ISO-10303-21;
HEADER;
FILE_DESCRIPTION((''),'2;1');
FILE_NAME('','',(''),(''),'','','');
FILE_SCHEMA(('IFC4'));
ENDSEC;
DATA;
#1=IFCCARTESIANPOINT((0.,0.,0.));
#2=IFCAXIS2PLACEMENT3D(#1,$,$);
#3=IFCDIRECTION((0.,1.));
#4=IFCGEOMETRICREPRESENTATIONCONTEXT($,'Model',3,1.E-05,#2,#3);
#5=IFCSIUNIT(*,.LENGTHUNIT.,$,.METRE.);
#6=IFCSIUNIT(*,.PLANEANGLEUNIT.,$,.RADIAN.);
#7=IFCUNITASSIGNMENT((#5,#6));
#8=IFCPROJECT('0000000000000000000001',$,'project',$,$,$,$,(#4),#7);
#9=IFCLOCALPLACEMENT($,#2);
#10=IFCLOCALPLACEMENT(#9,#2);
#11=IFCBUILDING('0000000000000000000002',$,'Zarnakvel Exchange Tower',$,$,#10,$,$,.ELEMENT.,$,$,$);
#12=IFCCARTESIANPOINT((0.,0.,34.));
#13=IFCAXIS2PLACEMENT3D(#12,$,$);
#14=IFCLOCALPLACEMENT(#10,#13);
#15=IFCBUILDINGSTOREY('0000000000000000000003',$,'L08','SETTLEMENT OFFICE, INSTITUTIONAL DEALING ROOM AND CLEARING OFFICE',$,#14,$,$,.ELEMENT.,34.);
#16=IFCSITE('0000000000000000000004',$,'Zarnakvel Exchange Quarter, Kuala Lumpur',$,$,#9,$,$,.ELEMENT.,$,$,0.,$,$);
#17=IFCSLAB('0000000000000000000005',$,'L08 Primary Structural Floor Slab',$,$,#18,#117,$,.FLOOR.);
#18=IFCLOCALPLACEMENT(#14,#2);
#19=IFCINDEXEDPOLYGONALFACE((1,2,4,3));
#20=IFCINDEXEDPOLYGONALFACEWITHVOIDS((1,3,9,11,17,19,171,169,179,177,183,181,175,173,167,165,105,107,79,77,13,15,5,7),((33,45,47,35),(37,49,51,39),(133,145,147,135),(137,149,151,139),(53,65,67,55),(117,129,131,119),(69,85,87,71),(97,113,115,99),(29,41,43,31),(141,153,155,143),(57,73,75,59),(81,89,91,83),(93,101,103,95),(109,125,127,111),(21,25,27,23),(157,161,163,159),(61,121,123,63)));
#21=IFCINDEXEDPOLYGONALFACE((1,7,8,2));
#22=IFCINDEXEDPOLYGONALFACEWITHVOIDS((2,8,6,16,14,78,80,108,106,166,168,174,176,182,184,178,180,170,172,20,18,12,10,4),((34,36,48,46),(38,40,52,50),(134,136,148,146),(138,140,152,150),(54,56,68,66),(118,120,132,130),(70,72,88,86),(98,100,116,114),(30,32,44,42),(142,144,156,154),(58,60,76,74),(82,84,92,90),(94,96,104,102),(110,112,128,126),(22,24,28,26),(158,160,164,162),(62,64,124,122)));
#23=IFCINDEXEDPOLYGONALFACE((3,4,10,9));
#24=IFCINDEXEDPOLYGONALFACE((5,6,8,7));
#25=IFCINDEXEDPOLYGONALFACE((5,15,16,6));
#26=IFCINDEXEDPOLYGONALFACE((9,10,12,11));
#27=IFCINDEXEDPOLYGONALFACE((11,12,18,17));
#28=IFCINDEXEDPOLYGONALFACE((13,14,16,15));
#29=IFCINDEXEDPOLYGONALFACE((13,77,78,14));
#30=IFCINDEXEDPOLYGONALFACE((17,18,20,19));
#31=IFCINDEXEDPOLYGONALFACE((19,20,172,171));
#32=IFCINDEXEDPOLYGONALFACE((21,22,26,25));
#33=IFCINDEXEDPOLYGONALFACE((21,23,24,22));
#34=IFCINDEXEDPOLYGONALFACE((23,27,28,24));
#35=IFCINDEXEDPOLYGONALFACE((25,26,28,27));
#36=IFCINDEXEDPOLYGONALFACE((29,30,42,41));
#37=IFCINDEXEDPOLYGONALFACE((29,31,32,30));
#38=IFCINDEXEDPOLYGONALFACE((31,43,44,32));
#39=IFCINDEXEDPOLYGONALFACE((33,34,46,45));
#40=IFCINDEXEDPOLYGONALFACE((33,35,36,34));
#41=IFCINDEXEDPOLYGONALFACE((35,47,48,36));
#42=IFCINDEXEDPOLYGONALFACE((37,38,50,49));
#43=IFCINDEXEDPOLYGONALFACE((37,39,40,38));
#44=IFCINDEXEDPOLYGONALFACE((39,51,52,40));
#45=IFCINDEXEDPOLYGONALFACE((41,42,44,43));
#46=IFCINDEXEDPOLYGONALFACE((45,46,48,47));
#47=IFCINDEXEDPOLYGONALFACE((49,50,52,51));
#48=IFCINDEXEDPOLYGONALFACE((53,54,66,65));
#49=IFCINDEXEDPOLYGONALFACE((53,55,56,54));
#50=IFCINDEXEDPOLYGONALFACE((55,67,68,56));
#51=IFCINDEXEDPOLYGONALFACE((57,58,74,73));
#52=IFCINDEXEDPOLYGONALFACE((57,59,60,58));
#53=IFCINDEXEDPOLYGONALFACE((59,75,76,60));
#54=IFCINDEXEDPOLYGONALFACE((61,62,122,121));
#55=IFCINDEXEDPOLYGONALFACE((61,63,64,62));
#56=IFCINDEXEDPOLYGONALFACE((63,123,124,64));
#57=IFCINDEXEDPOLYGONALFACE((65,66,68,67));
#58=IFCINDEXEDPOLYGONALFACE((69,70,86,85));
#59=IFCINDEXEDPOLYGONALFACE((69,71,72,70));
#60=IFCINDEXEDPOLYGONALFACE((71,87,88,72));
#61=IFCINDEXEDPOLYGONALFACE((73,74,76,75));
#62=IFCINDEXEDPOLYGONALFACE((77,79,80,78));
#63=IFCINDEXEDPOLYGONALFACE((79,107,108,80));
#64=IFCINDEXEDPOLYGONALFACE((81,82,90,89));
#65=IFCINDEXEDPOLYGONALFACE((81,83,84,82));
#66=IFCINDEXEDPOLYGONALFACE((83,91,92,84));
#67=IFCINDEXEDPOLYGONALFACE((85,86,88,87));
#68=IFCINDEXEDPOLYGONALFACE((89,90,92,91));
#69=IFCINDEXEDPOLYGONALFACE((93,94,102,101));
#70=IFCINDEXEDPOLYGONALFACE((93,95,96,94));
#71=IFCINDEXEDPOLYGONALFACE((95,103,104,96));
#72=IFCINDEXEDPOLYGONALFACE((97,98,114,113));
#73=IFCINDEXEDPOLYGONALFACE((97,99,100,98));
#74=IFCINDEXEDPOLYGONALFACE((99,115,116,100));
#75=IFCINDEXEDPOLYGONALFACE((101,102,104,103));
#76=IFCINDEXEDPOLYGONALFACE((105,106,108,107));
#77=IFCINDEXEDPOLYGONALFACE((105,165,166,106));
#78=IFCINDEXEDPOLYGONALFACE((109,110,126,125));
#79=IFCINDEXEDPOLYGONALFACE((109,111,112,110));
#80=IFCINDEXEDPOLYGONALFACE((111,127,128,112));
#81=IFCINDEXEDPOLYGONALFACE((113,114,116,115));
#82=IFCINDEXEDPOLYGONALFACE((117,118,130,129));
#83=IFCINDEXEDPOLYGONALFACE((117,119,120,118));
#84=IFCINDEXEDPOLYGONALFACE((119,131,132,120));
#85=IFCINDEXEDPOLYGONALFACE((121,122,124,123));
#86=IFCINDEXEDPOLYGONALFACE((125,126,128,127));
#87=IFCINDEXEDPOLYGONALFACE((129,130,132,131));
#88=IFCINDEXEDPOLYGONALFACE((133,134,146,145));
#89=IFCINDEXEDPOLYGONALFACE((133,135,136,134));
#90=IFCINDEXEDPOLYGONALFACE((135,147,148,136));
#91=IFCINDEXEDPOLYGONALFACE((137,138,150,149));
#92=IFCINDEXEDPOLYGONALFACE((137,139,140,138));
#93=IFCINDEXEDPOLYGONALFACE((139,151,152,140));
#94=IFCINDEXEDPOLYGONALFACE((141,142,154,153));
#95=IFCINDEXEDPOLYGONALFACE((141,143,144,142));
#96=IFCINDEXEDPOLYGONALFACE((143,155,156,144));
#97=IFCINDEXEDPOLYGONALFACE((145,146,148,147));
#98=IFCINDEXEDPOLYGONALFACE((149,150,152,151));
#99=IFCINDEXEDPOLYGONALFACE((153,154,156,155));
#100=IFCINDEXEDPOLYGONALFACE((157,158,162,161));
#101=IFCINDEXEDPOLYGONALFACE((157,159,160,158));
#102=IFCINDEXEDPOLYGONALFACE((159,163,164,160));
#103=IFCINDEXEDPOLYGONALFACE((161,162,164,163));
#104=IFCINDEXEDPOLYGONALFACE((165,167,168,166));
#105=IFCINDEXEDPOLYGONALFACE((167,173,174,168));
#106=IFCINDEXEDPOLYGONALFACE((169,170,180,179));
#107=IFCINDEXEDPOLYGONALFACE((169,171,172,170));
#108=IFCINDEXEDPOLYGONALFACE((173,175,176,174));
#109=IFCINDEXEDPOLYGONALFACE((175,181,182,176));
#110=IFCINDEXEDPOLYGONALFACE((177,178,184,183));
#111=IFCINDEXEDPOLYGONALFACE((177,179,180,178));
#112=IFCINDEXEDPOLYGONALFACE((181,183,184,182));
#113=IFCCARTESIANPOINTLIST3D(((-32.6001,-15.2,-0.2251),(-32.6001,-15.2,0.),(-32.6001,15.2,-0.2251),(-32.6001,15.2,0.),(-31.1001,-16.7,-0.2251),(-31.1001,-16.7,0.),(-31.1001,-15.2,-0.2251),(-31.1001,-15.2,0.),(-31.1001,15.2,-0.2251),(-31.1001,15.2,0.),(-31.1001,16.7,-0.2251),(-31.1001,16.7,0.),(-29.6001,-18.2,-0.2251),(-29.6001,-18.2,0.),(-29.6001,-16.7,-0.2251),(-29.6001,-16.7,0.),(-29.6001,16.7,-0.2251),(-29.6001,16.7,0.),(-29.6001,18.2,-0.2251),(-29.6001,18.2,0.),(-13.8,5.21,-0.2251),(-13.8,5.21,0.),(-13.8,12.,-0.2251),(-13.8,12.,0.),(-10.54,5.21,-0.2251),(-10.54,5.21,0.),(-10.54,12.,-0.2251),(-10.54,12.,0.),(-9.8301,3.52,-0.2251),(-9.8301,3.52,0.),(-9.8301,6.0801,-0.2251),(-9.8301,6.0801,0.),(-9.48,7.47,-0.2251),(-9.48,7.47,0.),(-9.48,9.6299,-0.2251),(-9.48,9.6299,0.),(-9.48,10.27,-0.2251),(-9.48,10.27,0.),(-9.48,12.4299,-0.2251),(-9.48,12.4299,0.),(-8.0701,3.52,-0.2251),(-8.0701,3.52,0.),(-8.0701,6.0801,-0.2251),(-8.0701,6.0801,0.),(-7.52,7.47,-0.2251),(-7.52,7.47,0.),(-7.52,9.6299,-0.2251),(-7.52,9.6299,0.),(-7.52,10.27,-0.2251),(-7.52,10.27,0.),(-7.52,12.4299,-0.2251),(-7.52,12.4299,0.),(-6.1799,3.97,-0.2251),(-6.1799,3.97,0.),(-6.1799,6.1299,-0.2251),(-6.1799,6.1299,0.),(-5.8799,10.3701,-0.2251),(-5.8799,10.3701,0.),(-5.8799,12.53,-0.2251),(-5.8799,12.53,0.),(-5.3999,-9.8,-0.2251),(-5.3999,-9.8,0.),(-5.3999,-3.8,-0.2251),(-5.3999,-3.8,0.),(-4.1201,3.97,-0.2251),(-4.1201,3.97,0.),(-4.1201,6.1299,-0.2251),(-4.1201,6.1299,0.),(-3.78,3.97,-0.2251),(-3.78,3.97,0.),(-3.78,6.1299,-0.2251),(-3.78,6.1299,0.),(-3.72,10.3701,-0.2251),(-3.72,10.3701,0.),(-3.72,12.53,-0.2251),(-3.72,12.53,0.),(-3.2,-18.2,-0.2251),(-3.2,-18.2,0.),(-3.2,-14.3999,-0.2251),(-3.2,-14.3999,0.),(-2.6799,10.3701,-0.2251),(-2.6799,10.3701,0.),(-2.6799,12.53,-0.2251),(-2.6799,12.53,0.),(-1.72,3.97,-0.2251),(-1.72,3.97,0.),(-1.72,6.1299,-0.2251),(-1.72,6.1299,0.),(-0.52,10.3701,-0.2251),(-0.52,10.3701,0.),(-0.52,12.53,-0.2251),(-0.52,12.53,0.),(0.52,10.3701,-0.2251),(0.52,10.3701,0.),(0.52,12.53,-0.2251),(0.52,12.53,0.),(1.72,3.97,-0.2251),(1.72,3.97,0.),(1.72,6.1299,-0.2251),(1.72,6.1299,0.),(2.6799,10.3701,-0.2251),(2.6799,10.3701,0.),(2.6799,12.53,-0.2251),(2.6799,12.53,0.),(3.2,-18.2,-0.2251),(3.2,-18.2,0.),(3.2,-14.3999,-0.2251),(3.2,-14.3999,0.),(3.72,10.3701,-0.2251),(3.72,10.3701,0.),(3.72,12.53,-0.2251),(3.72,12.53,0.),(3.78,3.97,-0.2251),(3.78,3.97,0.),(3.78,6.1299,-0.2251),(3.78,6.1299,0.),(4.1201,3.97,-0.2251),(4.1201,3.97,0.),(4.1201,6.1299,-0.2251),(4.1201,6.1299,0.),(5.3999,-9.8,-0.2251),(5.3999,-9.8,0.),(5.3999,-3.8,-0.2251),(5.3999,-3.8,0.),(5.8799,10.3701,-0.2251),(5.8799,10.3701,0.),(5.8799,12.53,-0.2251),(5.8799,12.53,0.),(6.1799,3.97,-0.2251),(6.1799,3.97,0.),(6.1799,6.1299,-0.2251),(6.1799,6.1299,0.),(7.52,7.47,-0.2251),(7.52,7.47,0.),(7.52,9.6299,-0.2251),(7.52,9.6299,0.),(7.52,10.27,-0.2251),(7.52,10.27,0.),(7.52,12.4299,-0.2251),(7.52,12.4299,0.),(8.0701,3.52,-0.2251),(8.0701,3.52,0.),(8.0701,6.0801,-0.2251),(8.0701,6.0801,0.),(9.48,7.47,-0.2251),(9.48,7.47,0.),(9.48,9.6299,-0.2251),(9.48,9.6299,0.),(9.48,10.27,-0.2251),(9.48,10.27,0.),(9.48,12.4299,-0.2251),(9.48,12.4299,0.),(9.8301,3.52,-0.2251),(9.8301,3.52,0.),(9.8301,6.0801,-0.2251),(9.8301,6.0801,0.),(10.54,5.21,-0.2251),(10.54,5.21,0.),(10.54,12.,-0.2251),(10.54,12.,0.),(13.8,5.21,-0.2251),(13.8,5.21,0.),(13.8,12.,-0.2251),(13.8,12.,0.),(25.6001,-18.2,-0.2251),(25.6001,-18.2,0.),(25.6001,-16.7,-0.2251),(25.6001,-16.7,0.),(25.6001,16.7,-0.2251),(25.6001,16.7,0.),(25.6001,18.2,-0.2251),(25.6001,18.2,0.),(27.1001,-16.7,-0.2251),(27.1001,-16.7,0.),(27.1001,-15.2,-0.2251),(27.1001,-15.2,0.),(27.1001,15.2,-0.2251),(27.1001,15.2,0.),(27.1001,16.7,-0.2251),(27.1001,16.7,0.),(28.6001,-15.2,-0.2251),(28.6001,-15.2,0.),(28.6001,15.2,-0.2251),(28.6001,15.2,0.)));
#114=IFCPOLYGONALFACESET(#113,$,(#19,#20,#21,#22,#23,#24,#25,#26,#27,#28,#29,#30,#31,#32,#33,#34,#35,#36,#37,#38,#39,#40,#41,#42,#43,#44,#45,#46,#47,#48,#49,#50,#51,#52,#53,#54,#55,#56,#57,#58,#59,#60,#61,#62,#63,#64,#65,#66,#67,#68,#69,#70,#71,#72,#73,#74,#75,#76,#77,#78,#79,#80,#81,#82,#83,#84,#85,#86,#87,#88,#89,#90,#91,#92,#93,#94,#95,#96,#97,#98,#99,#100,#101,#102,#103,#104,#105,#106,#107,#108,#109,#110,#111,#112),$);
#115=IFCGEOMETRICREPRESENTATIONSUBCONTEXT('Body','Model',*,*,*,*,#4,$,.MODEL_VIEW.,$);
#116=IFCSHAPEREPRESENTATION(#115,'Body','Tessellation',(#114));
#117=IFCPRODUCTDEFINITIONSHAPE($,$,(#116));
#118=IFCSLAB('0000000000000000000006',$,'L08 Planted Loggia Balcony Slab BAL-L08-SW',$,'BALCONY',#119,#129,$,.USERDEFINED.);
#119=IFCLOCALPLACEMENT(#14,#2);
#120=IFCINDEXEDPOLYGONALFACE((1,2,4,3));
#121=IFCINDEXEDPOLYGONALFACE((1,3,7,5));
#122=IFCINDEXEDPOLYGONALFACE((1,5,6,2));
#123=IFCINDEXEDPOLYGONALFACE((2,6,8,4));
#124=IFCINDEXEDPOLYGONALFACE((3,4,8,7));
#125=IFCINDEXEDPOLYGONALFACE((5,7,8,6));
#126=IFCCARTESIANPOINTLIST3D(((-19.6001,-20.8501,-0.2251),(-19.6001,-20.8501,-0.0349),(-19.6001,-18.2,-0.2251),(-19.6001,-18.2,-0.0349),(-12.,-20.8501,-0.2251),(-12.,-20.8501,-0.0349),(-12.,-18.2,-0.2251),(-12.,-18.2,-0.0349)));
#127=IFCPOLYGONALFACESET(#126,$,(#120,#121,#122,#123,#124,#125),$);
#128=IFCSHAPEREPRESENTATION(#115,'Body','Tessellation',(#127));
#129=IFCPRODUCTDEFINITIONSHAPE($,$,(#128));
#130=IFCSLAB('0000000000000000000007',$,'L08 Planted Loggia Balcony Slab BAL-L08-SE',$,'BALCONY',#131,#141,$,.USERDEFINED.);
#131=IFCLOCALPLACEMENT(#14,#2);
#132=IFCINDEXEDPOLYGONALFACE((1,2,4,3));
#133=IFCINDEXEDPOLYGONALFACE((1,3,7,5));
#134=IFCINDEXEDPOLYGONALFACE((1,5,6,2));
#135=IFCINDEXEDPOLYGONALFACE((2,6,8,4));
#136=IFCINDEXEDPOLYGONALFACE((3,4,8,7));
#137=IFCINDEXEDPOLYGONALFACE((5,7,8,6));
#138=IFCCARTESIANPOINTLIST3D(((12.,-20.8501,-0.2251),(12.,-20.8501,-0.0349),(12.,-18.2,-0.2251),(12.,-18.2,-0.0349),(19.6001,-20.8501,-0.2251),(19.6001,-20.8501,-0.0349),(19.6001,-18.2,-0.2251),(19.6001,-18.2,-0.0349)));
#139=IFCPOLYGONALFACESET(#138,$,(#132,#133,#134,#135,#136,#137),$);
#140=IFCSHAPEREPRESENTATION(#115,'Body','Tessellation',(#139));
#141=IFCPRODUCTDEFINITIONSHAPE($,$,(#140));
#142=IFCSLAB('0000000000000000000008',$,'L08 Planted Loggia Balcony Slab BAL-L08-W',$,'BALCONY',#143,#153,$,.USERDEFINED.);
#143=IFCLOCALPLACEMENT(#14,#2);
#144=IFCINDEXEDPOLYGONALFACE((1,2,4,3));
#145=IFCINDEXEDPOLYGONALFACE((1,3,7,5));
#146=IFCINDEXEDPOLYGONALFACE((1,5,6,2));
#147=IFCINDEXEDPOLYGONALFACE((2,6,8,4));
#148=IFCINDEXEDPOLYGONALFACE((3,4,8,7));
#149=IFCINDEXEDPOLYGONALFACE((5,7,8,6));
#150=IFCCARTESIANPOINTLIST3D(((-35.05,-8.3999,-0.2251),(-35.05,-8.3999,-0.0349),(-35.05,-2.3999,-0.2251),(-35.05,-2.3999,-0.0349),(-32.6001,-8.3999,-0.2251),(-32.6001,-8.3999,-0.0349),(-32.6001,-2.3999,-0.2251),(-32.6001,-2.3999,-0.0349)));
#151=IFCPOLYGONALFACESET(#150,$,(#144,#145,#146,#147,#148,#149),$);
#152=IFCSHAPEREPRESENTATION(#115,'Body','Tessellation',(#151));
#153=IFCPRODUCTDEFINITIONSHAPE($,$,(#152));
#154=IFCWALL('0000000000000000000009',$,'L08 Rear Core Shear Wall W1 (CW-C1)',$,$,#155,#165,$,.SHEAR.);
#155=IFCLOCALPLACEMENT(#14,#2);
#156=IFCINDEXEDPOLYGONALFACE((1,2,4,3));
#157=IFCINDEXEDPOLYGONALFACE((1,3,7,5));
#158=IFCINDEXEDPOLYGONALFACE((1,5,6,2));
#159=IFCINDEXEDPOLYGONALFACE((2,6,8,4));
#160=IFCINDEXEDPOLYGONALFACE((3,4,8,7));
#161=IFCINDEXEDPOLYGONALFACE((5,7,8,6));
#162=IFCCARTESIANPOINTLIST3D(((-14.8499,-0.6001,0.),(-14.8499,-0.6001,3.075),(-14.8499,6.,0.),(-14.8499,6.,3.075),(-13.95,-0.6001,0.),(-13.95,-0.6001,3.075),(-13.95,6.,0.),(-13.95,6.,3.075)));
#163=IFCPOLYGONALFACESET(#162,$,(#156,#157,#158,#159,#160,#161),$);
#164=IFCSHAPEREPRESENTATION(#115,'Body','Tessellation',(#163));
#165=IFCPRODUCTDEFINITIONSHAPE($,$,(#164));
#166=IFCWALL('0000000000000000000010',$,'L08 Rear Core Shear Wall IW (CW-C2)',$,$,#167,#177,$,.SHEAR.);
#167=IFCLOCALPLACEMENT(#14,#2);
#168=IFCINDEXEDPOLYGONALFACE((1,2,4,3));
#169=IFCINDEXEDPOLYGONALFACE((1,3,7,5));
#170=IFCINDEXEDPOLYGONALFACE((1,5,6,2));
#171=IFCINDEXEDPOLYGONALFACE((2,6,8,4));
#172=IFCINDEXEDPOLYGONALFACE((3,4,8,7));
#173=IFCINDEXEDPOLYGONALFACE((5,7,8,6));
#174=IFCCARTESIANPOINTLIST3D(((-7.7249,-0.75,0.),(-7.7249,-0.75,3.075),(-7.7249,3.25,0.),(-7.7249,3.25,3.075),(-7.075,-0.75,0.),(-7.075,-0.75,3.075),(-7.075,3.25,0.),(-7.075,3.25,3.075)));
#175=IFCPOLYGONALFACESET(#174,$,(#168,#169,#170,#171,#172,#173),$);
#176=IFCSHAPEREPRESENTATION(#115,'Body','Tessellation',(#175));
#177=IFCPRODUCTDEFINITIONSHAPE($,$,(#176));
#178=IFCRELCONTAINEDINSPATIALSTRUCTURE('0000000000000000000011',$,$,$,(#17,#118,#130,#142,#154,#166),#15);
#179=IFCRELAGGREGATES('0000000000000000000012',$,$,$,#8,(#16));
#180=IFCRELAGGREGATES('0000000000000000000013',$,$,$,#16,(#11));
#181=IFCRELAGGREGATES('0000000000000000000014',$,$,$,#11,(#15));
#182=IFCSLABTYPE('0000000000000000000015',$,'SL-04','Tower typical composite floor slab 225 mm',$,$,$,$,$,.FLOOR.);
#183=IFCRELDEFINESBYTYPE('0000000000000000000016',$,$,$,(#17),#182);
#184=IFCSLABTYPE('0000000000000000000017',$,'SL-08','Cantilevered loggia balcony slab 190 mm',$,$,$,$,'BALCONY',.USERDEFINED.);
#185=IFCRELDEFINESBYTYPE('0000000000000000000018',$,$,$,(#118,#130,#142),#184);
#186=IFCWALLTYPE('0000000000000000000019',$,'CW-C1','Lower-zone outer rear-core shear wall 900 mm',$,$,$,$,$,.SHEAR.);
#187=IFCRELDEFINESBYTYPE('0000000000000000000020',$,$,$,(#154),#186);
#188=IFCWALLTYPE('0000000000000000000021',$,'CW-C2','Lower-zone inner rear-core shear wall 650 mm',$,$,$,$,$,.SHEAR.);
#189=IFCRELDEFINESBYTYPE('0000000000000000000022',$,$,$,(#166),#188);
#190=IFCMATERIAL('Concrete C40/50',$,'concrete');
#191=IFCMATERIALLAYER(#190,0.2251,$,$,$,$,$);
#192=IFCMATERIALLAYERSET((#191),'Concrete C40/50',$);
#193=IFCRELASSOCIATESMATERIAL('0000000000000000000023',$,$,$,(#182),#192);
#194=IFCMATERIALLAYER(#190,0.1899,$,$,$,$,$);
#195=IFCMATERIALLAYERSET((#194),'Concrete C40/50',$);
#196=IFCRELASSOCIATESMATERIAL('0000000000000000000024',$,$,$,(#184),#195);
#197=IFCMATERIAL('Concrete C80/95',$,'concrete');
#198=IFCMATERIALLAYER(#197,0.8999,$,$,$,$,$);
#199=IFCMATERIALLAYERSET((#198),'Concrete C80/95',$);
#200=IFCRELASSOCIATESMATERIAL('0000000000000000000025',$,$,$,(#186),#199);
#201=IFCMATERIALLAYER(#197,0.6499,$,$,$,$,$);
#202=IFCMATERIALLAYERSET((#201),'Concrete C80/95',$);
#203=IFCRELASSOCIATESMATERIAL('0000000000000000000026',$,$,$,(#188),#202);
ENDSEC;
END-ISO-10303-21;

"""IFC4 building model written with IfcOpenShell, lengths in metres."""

from ifc_helpers import new_model, si_unit, direction, frame, frame_2d, origin, place, context, subcontext, project, spatial, polyline, rectangle, outline, extrude, material, layer, layer_set, type_object, element, save


model = new_model("IFC4")

# Units and contexts
model_context = context("Model", 3, precision=1e-05, world=origin(), true_north=direction((0.0, 1.0)))
body_context = subcontext(model_context, "Body", "Model", "MODEL_VIEW")
ifc_project = project(units=[si_unit("LENGTHUNIT", "METRE"), si_unit("PLANEANGLEUNIT", "RADIAN")], contexts=[model_context])

# Site, building, storey
site_placement = place(None, origin())
site = spatial("IfcSite", under=ifc_project, at=site_placement, Name="Zarnakvel Exchange Quarter, Kuala Lumpur", CompositionType="ELEMENT", RefElevation=0.0)
building_placement = place(site_placement, origin())
building = spatial("IfcBuilding", under=site, at=building_placement, Name="Zarnakvel Exchange Tower", CompositionType="ELEMENT")
storey_placement = place(building_placement, frame((0.0, 0.0, 34.0)))
storey = spatial("IfcBuildingStorey", under=building, at=storey_placement, Name="L08", Description="SETTLEMENT OFFICE, INSTITUTIONAL DEALING ROOM AND CLEARING OFFICE", CompositionType="ELEMENT", Elevation=34.0)

# Shared definitions
ifc_material_1 = material(Name="Concrete C80/95", Category="concrete")

# Slabs
ifc_material_2 = material(Name="Concrete C40/50", Category="concrete")
ifc_layer_1 = layer(ifc_material_2, 0.2251)
ifc_layer_set_1 = layer_set([ifc_layer_1], Name="Concrete C40/50")
slab_type_1 = type_object("IfcSlabType", Name="SL-04", Description="Tower typical composite floor slab 225 mm", PredefinedType="FLOOR", material=ifc_layer_set_1)
slab_1_placement = place(storey_placement, frame((0.0, 0.0, -0.2251)))
element("IfcSlab", 1, at=slab_1_placement, inside=storey, type_object=slab_type_1, Name="L08 Primary Structural Floor Slab", PredefinedType="FLOOR", context=body_context, shape_type="SweptSolid", body=[
    extrude(outline(polyline([(-32.6001, -15.2), (-31.1001, -15.2), (-31.1001, -16.7), (-29.6001, -16.7), (-29.6001, -18.2), (-3.2, -18.2), (-3.2, -14.3999), (3.2, -14.3999), (3.2, -18.2), (25.6001, -18.2), (25.6001, -16.7), (27.1001, -16.7), (27.1001, -15.2), (28.6001, -15.2), (28.6001, 15.2), (27.1001, 15.2), (27.1001, 16.7), (25.6001, 16.7), (25.6001, 18.2), (-29.6001, 18.2), (-29.6001, 16.7), (-31.1001, 16.7), (-31.1001, 15.2), (-32.6001, 15.2), (-32.6001, -15.2)]), holes=[polyline([(-5.3999, -9.8), (5.3999, -9.8), (5.3999, -3.8), (-5.3999, -3.8), (-5.3999, -9.8)]), polyline([(-13.8, 5.21), (-10.54, 5.21), (-10.54, 12.0), (-13.8, 12.0), (-13.8, 5.21)]), polyline([(10.54, 5.21), (13.8, 5.21), (13.8, 12.0), (10.54, 12.0), (10.54, 5.21)]), polyline([(-9.8301, 3.52), (-8.0701, 3.52), (-8.0701, 6.0801), (-9.8301, 6.0801), (-9.8301, 3.52)]), polyline([(8.0701, 3.52), (9.8301, 3.52), (9.8301, 6.0801), (8.0701, 6.0801), (8.0701, 3.52)]), polyline([(-5.8799, 10.3701), (-3.72, 10.3701), (-3.72, 12.53), (-5.8799, 12.53), (-5.8799, 10.3701)]), polyline([(-2.6799, 10.3701), (-0.52, 10.3701), (-0.52, 12.53), (-2.6799, 12.53), (-2.6799, 10.3701)]), polyline([(0.52, 10.3701), (2.6799, 10.3701), (2.6799, 12.53), (0.52, 12.53), (0.52, 10.3701)]), polyline([(3.72, 10.3701), (5.8799, 10.3701), (5.8799, 12.53), (3.72, 12.53), (3.72, 10.3701)]), polyline([(-6.1799, 3.97), (-4.1201, 3.97), (-4.1201, 6.1299), (-6.1799, 6.1299), (-6.1799, 3.97)]), polyline([(-3.78, 3.97), (-1.72, 3.97), (-1.72, 6.1299), (-3.78, 6.1299), (-3.78, 3.97)]), polyline([(1.72, 3.97), (3.78, 3.97), (3.78, 6.1299), (1.72, 6.1299), (1.72, 3.97)]), polyline([(4.1201, 3.97), (6.1799, 3.97), (6.1799, 6.1299), (4.1201, 6.1299), (4.1201, 3.97)]), polyline([(-9.48, 7.47), (-7.52, 7.47), (-7.52, 9.6299), (-9.48, 9.6299), (-9.48, 7.47)]), polyline([(-9.48, 10.27), (-7.52, 10.27), (-7.52, 12.4299), (-9.48, 12.4299), (-9.48, 10.27)]), polyline([(7.52, 7.47), (9.48, 7.47), (9.48, 9.6299), (7.52, 9.6299), (7.52, 7.47)]), polyline([(7.52, 10.27), (9.48, 10.27), (9.48, 12.4299), (7.52, 12.4299), (7.52, 10.27)])]), origin(), (0.0, 0.0, 1.0), 0.2251),
])
ifc_layer_2 = layer(ifc_material_2, 0.1899)
ifc_layer_set_2 = layer_set([ifc_layer_2], Name="Concrete C40/50")
slab_type_2 = type_object("IfcSlabType", Name="SL-08", Description="Cantilevered loggia balcony slab 190 mm", ElementType="BALCONY", PredefinedType="USERDEFINED", material=ifc_layer_set_2)
slab_2_placement = place(storey_placement, frame((0.0, 0.0, -0.2251)))
element("IfcSlab", 2, at=slab_2_placement, inside=storey, type_object=slab_type_2, Name="L08 Planted Loggia Balcony Slab BAL-L08-SW", ObjectType="BALCONY", PredefinedType="USERDEFINED", context=body_context, shape_type="SweptSolid", body=[
    extrude(outline(polyline([(-19.6001, -20.8501), (-12.0, -20.8501), (-12.0, -18.2), (-19.6001, -18.2), (-19.6001, -20.8501)])), origin(), (0.0, 0.0, 1.0), 0.1902),
])
slab_3_placement = place(storey_placement, frame((0.0, 0.0, -0.2251)))
element("IfcSlab", 3, at=slab_3_placement, inside=storey, type_object=slab_type_2, Name="L08 Planted Loggia Balcony Slab BAL-L08-SE", ObjectType="BALCONY", PredefinedType="USERDEFINED", context=body_context, shape_type="SweptSolid", body=[
    extrude(outline(polyline([(12.0, -20.8501), (19.6001, -20.8501), (19.6001, -18.2), (12.0, -18.2), (12.0, -20.8501)])), origin(), (0.0, 0.0, 1.0), 0.1902),
])
slab_4_placement = place(storey_placement, frame((0.0, 0.0, -0.2251)))
element("IfcSlab", 4, at=slab_4_placement, inside=storey, type_object=slab_type_2, Name="L08 Planted Loggia Balcony Slab BAL-L08-W", ObjectType="BALCONY", PredefinedType="USERDEFINED", context=body_context, shape_type="SweptSolid", body=[
    extrude(outline(polyline([(-35.05, -8.3999), (-32.6001, -8.3999), (-32.6001, -2.3999), (-35.05, -2.3999), (-35.05, -8.3999)])), origin(), (0.0, 0.0, 1.0), 0.1902),
])

# Wall
ifc_layer_3 = layer(ifc_material_1, 0.8999)
ifc_layer_set_3 = layer_set([ifc_layer_3], Name="Concrete C80/95")
wall_type_1 = type_object("IfcWallType", Name="CW-C1", Description="Lower-zone outer rear-core shear wall 900 mm", PredefinedType="SHEAR", material=ifc_layer_set_3)
wall_1_placement = place(storey_placement, frame((-14.3999, -0.6001, 0.0), z_axis=(0.0, 0.0, 1.0), x_axis=(0.0, 1.0, 0.0)))
element("IfcWall", 5, at=wall_1_placement, inside=storey, type_object=wall_type_1, Name="L08 Rear Core Shear Wall W1 (CW-C1)", PredefinedType="SHEAR", context=body_context, shape_type="SweptSolid", body=[
    extrude(rectangle(XDim=6.6001, YDim=0.8999, at=frame_2d((3.3, 0.0))), origin(), (0.0, 0.0, 1.0), 3.075),
])

# Wall
ifc_layer_4 = layer(ifc_material_1, 0.6499)
ifc_layer_set_4 = layer_set([ifc_layer_4], Name="Concrete C80/95")
wall_type_2 = type_object("IfcWallType", Name="CW-C2", Description="Lower-zone inner rear-core shear wall 650 mm", PredefinedType="SHEAR", material=ifc_layer_set_4)
wall_2_placement = place(storey_placement, frame((-7.3999, -0.75, 0.0), z_axis=(0.0, 0.0, 1.0), x_axis=(0.0, 1.0, 0.0)))
element("IfcWall", 6, at=wall_2_placement, inside=storey, type_object=wall_type_2, Name="L08 Rear Core Shear Wall IW (CW-C2)", PredefinedType="SHEAR", context=body_context, shape_type="SweptSolid", body=[
    extrude(rectangle(XDim=4.0, YDim=0.6499, at=frame_2d((2.0, 0.0))), origin(), (0.0, 0.0, 1.0), 3.075),
])

save(model, "model.ifc")
